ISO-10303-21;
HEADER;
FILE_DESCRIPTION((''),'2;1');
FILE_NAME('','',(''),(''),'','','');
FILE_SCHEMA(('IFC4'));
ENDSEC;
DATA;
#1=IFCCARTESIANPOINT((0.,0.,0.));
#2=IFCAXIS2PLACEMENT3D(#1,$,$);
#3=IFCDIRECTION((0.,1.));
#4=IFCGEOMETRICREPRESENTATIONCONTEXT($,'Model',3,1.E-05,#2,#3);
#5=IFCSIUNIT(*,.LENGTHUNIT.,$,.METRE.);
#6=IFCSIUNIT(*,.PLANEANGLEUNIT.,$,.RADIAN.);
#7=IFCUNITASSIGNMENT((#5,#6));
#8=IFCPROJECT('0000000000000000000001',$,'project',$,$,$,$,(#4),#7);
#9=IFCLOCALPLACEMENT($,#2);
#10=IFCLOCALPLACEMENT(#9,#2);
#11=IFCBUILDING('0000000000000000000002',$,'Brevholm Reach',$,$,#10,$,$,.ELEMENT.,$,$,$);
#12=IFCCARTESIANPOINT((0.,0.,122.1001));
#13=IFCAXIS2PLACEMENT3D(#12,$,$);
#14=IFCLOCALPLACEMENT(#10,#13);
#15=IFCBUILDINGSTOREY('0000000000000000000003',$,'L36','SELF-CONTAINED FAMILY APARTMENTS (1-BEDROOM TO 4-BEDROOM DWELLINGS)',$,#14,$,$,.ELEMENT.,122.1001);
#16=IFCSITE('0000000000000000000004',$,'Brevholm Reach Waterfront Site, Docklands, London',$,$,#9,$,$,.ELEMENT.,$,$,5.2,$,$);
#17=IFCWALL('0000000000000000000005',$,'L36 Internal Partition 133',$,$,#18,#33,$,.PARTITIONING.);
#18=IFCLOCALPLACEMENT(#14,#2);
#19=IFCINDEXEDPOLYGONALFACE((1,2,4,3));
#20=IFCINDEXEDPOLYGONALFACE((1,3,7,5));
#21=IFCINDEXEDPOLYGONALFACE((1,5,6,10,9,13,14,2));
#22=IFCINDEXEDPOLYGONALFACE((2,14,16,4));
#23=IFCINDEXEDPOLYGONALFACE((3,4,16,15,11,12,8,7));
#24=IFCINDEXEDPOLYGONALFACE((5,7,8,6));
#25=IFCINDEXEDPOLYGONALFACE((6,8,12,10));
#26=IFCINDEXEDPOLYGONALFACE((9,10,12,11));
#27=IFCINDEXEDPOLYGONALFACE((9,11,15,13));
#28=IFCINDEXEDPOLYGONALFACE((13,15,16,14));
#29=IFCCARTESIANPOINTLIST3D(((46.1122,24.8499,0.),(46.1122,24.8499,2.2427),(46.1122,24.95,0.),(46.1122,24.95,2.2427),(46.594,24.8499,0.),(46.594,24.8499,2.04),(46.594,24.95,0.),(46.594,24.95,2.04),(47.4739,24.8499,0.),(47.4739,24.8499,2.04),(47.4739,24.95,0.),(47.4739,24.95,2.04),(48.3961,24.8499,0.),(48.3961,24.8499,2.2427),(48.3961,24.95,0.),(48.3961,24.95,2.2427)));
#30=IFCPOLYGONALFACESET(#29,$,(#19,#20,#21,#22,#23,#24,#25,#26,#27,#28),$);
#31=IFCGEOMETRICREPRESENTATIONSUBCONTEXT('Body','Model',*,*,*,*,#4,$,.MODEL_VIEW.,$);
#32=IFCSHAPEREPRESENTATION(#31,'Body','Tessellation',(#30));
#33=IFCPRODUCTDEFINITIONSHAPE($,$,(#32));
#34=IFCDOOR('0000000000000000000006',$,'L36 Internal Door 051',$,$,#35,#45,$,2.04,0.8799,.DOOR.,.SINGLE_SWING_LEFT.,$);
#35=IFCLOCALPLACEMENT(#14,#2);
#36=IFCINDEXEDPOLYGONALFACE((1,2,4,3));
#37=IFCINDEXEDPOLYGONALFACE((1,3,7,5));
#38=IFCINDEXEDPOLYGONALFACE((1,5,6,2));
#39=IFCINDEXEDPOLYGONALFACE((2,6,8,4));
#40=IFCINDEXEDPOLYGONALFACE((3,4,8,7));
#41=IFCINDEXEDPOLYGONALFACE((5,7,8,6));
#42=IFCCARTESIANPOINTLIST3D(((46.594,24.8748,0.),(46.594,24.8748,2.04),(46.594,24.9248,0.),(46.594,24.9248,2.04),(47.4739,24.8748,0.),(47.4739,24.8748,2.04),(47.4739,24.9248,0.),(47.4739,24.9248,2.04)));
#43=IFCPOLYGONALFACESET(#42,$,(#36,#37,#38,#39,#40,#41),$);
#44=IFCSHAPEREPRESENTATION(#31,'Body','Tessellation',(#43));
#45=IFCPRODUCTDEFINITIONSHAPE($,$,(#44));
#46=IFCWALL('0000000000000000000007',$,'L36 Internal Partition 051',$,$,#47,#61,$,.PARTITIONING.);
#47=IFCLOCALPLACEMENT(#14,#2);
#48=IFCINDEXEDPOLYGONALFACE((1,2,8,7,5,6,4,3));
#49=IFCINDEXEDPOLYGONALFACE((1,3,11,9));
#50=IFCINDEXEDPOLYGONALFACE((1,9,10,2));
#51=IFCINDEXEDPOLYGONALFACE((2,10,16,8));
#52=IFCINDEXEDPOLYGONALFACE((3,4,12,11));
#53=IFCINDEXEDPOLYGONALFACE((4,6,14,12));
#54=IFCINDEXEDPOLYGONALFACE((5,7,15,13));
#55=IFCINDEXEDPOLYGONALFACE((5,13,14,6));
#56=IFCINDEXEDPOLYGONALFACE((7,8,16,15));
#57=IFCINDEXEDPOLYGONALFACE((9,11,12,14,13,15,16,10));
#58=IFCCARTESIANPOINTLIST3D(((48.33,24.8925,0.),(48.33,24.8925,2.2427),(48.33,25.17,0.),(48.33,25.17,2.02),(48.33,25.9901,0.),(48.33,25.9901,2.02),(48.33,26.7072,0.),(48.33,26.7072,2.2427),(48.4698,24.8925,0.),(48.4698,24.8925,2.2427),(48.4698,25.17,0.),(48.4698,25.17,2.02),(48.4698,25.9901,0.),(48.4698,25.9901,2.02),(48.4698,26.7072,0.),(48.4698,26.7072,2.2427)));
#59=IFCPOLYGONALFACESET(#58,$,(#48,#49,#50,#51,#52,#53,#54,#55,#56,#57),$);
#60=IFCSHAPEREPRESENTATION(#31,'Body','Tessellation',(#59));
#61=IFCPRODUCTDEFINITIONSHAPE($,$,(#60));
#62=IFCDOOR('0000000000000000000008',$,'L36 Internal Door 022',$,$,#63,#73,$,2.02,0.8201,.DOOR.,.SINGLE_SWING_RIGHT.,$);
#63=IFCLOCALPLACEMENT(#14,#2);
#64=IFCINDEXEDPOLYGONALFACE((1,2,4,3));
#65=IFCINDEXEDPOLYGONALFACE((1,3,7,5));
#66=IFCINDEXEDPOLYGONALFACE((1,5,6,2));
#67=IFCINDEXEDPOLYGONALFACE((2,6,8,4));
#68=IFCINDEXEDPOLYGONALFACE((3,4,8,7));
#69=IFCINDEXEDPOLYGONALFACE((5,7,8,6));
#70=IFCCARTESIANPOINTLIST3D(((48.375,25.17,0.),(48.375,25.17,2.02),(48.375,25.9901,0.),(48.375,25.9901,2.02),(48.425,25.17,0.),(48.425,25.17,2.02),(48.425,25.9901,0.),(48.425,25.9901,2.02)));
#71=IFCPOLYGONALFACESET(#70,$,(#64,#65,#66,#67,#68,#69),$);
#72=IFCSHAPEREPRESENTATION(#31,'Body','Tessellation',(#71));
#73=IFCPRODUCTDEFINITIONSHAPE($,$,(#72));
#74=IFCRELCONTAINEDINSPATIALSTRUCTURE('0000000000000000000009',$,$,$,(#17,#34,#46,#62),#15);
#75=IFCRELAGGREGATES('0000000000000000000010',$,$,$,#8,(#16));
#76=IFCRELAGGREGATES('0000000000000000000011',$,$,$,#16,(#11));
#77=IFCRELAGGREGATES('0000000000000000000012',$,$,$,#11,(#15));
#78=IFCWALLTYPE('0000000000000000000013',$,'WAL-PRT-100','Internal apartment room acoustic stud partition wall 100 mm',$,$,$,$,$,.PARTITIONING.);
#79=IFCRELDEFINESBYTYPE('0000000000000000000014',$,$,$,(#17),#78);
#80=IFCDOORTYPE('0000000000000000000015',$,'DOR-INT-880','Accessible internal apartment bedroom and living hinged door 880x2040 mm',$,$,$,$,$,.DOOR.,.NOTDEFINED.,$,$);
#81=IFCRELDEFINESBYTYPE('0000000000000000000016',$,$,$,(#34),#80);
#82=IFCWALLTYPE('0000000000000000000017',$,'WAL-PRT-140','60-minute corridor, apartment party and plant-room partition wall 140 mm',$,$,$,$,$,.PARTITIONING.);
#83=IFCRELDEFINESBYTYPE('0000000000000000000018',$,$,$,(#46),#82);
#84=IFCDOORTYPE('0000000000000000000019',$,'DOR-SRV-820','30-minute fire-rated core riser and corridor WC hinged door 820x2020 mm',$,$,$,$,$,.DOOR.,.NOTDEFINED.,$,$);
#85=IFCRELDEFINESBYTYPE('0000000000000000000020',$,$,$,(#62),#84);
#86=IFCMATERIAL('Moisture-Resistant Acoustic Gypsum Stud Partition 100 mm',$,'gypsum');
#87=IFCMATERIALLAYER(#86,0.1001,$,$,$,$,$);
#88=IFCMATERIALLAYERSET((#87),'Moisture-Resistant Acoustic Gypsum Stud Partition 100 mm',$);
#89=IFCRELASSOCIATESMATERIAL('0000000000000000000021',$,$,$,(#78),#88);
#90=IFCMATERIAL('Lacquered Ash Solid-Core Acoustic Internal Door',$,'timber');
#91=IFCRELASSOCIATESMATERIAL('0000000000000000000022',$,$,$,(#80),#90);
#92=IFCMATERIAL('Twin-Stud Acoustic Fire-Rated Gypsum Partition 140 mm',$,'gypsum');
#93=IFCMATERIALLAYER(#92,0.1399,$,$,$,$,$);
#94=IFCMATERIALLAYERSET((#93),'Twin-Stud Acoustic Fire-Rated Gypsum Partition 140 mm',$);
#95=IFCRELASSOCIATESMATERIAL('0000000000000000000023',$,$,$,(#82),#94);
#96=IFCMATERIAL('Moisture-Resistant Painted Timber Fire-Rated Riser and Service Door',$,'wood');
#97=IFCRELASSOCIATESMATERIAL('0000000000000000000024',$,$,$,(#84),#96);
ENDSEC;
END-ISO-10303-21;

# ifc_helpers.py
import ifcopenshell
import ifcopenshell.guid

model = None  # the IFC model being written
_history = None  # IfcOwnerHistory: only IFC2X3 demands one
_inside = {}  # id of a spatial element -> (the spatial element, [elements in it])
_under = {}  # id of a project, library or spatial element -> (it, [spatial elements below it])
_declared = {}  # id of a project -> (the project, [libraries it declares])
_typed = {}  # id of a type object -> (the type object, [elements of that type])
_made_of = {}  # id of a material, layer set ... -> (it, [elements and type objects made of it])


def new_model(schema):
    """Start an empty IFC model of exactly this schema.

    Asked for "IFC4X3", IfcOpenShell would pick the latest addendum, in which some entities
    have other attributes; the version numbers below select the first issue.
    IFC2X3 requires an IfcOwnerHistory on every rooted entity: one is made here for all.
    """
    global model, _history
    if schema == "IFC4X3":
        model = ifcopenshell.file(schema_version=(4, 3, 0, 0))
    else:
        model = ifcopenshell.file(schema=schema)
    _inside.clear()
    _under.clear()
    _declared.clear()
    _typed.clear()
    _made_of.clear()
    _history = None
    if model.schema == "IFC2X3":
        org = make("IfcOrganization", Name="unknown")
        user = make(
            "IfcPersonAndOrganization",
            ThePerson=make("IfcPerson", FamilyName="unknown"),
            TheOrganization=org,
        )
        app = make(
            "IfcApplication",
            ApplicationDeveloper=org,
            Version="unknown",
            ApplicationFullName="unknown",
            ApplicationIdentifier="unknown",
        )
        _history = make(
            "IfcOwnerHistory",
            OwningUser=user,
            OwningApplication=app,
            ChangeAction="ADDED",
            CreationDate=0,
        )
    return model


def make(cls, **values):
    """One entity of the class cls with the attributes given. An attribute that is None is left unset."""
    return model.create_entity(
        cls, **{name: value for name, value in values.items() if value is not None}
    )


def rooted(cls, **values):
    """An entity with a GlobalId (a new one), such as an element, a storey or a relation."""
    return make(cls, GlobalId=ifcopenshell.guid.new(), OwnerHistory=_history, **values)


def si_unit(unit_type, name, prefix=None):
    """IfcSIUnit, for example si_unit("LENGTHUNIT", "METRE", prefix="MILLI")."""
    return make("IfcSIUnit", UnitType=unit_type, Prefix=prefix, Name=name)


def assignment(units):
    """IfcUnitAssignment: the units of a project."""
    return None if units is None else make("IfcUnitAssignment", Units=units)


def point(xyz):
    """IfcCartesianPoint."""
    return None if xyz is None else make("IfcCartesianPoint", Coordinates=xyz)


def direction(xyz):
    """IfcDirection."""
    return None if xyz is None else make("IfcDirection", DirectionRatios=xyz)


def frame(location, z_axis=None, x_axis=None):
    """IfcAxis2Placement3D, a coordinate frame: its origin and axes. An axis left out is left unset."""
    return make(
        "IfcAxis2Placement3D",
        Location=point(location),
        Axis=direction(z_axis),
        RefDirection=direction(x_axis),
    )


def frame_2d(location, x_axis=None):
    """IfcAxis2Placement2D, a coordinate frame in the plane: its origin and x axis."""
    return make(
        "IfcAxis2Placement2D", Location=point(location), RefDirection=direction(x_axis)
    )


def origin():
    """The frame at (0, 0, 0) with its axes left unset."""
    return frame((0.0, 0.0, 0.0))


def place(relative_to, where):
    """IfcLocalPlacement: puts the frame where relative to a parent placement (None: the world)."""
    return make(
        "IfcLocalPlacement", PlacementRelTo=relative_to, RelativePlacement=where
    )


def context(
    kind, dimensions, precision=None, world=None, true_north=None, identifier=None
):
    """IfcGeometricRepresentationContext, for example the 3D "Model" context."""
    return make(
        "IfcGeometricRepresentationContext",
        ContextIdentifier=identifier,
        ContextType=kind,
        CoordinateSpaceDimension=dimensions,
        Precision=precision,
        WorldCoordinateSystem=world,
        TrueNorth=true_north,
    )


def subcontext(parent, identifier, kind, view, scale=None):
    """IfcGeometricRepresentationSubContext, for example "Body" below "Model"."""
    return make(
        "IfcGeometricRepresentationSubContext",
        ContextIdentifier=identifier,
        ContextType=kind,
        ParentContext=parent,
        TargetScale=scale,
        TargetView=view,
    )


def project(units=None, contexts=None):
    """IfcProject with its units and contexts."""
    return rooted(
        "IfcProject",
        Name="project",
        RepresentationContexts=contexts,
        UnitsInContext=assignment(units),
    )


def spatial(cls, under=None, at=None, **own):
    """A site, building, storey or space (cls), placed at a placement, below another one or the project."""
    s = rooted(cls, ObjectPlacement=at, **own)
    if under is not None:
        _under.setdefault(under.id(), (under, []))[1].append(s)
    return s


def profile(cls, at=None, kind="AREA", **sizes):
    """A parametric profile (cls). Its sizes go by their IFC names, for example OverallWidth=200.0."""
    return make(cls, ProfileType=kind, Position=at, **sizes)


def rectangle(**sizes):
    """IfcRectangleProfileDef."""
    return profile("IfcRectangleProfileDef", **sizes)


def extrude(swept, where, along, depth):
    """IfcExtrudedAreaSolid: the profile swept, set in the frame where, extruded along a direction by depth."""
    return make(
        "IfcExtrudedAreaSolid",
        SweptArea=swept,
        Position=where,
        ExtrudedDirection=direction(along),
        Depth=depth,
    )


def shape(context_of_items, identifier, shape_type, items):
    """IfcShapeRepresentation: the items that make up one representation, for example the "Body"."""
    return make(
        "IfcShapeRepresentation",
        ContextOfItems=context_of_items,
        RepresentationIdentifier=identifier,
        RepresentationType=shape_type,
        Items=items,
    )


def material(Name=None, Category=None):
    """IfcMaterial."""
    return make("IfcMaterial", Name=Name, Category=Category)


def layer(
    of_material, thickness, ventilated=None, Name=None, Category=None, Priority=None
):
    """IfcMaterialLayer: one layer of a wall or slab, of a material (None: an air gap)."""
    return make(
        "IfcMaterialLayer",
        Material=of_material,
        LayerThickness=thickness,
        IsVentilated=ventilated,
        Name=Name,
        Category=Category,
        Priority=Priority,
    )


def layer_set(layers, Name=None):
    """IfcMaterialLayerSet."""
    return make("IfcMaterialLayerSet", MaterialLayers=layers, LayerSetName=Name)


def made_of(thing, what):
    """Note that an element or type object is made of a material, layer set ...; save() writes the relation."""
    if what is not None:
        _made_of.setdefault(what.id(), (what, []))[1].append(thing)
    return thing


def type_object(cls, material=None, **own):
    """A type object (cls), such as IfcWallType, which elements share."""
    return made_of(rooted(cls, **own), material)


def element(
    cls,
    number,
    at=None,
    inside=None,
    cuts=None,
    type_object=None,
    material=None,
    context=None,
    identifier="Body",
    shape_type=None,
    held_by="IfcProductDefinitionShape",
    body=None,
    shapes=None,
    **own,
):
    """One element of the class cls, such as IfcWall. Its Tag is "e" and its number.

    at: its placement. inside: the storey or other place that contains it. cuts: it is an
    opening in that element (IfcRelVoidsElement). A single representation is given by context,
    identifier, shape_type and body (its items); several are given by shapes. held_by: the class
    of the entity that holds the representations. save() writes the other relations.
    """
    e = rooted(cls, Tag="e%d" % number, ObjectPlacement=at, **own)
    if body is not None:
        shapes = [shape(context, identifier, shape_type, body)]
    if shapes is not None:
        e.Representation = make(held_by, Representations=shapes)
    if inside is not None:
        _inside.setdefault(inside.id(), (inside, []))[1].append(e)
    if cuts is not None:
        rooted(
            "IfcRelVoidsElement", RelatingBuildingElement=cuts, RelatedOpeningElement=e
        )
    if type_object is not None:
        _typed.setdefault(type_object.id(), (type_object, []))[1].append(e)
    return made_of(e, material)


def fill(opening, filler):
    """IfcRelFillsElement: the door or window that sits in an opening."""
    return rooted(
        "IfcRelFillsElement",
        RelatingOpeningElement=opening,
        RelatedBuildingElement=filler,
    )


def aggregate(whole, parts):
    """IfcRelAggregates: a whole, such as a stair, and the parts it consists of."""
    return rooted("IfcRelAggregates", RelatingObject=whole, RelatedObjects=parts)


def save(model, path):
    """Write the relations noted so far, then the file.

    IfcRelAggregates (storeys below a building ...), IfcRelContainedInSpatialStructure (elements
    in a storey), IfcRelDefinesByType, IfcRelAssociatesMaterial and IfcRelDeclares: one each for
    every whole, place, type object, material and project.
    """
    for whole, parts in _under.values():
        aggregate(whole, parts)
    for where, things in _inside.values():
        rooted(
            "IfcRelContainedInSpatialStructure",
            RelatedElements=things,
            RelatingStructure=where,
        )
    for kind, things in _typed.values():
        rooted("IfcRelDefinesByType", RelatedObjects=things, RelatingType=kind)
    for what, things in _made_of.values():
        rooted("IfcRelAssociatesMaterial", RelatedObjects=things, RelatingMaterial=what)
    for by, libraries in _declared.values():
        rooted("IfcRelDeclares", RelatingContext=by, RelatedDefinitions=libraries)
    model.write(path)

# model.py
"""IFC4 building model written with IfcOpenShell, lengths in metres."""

from ifc_helpers import new_model, si_unit, direction, frame, frame_2d, origin, place, context, subcontext, project, spatial, rectangle, extrude, material, layer, layer_set, type_object, element, fill, save


model = new_model("IFC4")

# Units and contexts
model_context = context("Model", 3, precision=1e-05, world=origin(), true_north=direction((0.0, 1.0)))
body_context = subcontext(model_context, "Body", "Model", "MODEL_VIEW")
ifc_project = project(units=[si_unit("LENGTHUNIT", "METRE"), si_unit("PLANEANGLEUNIT", "RADIAN")], contexts=[model_context])

# Site, building, storey
site_placement = place(None, origin())
site = spatial("IfcSite", under=ifc_project, at=site_placement, Name="Brevholm Reach Waterfront Site, Docklands, London", CompositionType="ELEMENT", RefElevation=5.2)
building_placement = place(site_placement, origin())
building = spatial("IfcBuilding", under=site, at=building_placement, Name="Brevholm Reach", CompositionType="ELEMENT")
storey_placement = place(building_placement, frame((0.0, 0.0, 122.1001)))
storey = spatial("IfcBuildingStorey", under=building, at=storey_placement, Name="L36", Description="SELF-CONTAINED FAMILY APARTMENTS (1-BEDROOM TO 4-BEDROOM DWELLINGS)", CompositionType="ELEMENT", Elevation=122.1001)

# Walls, openings, doors
ifc_material_1 = material(Name="Moisture-Resistant Acoustic Gypsum Stud Partition 100 mm", Category="gypsum")
ifc_layer_1 = layer(ifc_material_1, 0.1001)
ifc_layer_set_1 = layer_set([ifc_layer_1], Name="Moisture-Resistant Acoustic Gypsum Stud Partition 100 mm")
wall_type_1 = type_object("IfcWallType", Name="WAL-PRT-100", Description="Internal apartment room acoustic stud partition wall 100 mm", PredefinedType="PARTITIONING", material=ifc_layer_set_1)
wall_1_placement = place(storey_placement, frame((46.1121, 24.8999, 0.0), z_axis=(0.0, 0.0, 1.0), x_axis=(1.0, 0.0, 0.0)))
wall_1 = element("IfcWall", 1, at=wall_1_placement, inside=storey, type_object=wall_type_1, Name="L36 Internal Partition 133", PredefinedType="PARTITIONING", context=body_context, shape_type="SweptSolid", body=[
    extrude(rectangle(XDim=2.2839, YDim=0.1001, at=frame_2d((1.1421, 0.0))), origin(), (0.0, 0.0, 1.0), 2.2427),
])
opening_1_placement = place(wall_1_placement, frame((0.4819, 0.0, 0.0)))
opening_1 = element("IfcOpeningElement", 2, at=opening_1_placement, cuts=wall_1, PredefinedType="OPENING", context=body_context, shape_type="SweptSolid", body=[
    extrude(rectangle(XDim=0.8799, YDim=2.04, at=frame_2d((0.4399, 1.02))), frame((0.0, 0.0601, 0.0), z_axis=(0.0, -1.0, 0.0), x_axis=(1.0, 0.0, 0.0)), (0.0, 0.0, 1.0), 0.1201),
])
ifc_material_2 = material(Name="Lacquered Ash Solid-Core Acoustic Internal Door", Category="timber")
door_type_1 = type_object("IfcDoorType", Name="DOR-INT-880", Description="Accessible internal apartment bedroom and living hinged door 880x2040 mm", OperationType="NOTDEFINED", PredefinedType="DOOR", material=ifc_material_2)
door_1_placement = place(opening_1_placement, origin())
door_1 = element("IfcDoor", 3, at=door_1_placement, inside=storey, type_object=door_type_1, Name="L36 Internal Door 051", OperationType="SINGLE_SWING_LEFT", OverallHeight=2.04, OverallWidth=0.8799, PredefinedType="DOOR", context=body_context, shape_type="SweptSolid", body=[
    extrude(rectangle(XDim=0.8799, YDim=2.04, at=frame_2d((0.4399, 1.02))), frame((0.0, 0.0249, 0.0), z_axis=(0.0, -1.0, 0.0), x_axis=(1.0, 0.0, 0.0)), (0.0, 0.0, 1.0), 0.05),
])
fill(opening_1, door_1)
ifc_material_3 = material(Name="Twin-Stud Acoustic Fire-Rated Gypsum Partition 140 mm", Category="gypsum")
ifc_layer_2 = layer(ifc_material_3, 0.1399)
ifc_layer_set_2 = layer_set([ifc_layer_2], Name="Twin-Stud Acoustic Fire-Rated Gypsum Partition 140 mm")
wall_type_2 = type_object("IfcWallType", Name="WAL-PRT-140", Description="60-minute corridor, apartment party and plant-room partition wall 140 mm", PredefinedType="PARTITIONING", material=ifc_layer_set_2)
wall_2_placement = place(storey_placement, frame((48.3999, 24.8926, 0.0), z_axis=(0.0, 0.0, 1.0), x_axis=(0.0, 1.0, 0.0)))
wall_2 = element("IfcWall", 4, at=wall_2_placement, inside=storey, type_object=wall_type_2, Name="L36 Internal Partition 051", PredefinedType="PARTITIONING", context=body_context, shape_type="SweptSolid", body=[
    extrude(rectangle(XDim=1.8147, YDim=0.1399, at=frame_2d((0.9072, 0.0))), origin(), (0.0, 0.0, 1.0), 2.2427),
])
opening_2_placement = place(wall_2_placement, frame((0.2773, 0.0, 0.0)))
opening_2 = element("IfcOpeningElement", 5, at=opening_2_placement, cuts=wall_2, PredefinedType="OPENING", context=body_context, shape_type="SweptSolid", body=[
    extrude(rectangle(XDim=0.8201, YDim=2.02, at=frame_2d((0.4102, 1.01))), frame((0.0, 0.0798, 0.0), z_axis=(0.0, -1.0, 0.0), x_axis=(1.0, 0.0, 0.0)), (0.0, 0.0, 1.0), 0.1599),
])
ifc_material_4 = material(Name="Moisture-Resistant Painted Timber Fire-Rated Riser and Service Door", Category="wood")
door_type_2 = type_object("IfcDoorType", Name="DOR-SRV-820", Description="30-minute fire-rated core riser and corridor WC hinged door 820x2020 mm", OperationType="NOTDEFINED", PredefinedType="DOOR", material=ifc_material_4)
door_2_placement = place(opening_2_placement, origin())
door_2 = element("IfcDoor", 6, at=door_2_placement, inside=storey, type_object=door_type_2, Name="L36 Internal Door 022", OperationType="SINGLE_SWING_RIGHT", OverallHeight=2.02, OverallWidth=0.8201, PredefinedType="DOOR", context=body_context, shape_type="SweptSolid", body=[
    extrude(rectangle(XDim=0.8201, YDim=2.02, at=frame_2d((0.4102, 1.01))), frame((0.0, 0.0249, 0.0), z_axis=(0.0, -1.0, 0.0), x_axis=(1.0, 0.0, 0.0)), (0.0, 0.0, 1.0), 0.05),
])
fill(opening_2, door_2)

save(model, "model.ifc")
